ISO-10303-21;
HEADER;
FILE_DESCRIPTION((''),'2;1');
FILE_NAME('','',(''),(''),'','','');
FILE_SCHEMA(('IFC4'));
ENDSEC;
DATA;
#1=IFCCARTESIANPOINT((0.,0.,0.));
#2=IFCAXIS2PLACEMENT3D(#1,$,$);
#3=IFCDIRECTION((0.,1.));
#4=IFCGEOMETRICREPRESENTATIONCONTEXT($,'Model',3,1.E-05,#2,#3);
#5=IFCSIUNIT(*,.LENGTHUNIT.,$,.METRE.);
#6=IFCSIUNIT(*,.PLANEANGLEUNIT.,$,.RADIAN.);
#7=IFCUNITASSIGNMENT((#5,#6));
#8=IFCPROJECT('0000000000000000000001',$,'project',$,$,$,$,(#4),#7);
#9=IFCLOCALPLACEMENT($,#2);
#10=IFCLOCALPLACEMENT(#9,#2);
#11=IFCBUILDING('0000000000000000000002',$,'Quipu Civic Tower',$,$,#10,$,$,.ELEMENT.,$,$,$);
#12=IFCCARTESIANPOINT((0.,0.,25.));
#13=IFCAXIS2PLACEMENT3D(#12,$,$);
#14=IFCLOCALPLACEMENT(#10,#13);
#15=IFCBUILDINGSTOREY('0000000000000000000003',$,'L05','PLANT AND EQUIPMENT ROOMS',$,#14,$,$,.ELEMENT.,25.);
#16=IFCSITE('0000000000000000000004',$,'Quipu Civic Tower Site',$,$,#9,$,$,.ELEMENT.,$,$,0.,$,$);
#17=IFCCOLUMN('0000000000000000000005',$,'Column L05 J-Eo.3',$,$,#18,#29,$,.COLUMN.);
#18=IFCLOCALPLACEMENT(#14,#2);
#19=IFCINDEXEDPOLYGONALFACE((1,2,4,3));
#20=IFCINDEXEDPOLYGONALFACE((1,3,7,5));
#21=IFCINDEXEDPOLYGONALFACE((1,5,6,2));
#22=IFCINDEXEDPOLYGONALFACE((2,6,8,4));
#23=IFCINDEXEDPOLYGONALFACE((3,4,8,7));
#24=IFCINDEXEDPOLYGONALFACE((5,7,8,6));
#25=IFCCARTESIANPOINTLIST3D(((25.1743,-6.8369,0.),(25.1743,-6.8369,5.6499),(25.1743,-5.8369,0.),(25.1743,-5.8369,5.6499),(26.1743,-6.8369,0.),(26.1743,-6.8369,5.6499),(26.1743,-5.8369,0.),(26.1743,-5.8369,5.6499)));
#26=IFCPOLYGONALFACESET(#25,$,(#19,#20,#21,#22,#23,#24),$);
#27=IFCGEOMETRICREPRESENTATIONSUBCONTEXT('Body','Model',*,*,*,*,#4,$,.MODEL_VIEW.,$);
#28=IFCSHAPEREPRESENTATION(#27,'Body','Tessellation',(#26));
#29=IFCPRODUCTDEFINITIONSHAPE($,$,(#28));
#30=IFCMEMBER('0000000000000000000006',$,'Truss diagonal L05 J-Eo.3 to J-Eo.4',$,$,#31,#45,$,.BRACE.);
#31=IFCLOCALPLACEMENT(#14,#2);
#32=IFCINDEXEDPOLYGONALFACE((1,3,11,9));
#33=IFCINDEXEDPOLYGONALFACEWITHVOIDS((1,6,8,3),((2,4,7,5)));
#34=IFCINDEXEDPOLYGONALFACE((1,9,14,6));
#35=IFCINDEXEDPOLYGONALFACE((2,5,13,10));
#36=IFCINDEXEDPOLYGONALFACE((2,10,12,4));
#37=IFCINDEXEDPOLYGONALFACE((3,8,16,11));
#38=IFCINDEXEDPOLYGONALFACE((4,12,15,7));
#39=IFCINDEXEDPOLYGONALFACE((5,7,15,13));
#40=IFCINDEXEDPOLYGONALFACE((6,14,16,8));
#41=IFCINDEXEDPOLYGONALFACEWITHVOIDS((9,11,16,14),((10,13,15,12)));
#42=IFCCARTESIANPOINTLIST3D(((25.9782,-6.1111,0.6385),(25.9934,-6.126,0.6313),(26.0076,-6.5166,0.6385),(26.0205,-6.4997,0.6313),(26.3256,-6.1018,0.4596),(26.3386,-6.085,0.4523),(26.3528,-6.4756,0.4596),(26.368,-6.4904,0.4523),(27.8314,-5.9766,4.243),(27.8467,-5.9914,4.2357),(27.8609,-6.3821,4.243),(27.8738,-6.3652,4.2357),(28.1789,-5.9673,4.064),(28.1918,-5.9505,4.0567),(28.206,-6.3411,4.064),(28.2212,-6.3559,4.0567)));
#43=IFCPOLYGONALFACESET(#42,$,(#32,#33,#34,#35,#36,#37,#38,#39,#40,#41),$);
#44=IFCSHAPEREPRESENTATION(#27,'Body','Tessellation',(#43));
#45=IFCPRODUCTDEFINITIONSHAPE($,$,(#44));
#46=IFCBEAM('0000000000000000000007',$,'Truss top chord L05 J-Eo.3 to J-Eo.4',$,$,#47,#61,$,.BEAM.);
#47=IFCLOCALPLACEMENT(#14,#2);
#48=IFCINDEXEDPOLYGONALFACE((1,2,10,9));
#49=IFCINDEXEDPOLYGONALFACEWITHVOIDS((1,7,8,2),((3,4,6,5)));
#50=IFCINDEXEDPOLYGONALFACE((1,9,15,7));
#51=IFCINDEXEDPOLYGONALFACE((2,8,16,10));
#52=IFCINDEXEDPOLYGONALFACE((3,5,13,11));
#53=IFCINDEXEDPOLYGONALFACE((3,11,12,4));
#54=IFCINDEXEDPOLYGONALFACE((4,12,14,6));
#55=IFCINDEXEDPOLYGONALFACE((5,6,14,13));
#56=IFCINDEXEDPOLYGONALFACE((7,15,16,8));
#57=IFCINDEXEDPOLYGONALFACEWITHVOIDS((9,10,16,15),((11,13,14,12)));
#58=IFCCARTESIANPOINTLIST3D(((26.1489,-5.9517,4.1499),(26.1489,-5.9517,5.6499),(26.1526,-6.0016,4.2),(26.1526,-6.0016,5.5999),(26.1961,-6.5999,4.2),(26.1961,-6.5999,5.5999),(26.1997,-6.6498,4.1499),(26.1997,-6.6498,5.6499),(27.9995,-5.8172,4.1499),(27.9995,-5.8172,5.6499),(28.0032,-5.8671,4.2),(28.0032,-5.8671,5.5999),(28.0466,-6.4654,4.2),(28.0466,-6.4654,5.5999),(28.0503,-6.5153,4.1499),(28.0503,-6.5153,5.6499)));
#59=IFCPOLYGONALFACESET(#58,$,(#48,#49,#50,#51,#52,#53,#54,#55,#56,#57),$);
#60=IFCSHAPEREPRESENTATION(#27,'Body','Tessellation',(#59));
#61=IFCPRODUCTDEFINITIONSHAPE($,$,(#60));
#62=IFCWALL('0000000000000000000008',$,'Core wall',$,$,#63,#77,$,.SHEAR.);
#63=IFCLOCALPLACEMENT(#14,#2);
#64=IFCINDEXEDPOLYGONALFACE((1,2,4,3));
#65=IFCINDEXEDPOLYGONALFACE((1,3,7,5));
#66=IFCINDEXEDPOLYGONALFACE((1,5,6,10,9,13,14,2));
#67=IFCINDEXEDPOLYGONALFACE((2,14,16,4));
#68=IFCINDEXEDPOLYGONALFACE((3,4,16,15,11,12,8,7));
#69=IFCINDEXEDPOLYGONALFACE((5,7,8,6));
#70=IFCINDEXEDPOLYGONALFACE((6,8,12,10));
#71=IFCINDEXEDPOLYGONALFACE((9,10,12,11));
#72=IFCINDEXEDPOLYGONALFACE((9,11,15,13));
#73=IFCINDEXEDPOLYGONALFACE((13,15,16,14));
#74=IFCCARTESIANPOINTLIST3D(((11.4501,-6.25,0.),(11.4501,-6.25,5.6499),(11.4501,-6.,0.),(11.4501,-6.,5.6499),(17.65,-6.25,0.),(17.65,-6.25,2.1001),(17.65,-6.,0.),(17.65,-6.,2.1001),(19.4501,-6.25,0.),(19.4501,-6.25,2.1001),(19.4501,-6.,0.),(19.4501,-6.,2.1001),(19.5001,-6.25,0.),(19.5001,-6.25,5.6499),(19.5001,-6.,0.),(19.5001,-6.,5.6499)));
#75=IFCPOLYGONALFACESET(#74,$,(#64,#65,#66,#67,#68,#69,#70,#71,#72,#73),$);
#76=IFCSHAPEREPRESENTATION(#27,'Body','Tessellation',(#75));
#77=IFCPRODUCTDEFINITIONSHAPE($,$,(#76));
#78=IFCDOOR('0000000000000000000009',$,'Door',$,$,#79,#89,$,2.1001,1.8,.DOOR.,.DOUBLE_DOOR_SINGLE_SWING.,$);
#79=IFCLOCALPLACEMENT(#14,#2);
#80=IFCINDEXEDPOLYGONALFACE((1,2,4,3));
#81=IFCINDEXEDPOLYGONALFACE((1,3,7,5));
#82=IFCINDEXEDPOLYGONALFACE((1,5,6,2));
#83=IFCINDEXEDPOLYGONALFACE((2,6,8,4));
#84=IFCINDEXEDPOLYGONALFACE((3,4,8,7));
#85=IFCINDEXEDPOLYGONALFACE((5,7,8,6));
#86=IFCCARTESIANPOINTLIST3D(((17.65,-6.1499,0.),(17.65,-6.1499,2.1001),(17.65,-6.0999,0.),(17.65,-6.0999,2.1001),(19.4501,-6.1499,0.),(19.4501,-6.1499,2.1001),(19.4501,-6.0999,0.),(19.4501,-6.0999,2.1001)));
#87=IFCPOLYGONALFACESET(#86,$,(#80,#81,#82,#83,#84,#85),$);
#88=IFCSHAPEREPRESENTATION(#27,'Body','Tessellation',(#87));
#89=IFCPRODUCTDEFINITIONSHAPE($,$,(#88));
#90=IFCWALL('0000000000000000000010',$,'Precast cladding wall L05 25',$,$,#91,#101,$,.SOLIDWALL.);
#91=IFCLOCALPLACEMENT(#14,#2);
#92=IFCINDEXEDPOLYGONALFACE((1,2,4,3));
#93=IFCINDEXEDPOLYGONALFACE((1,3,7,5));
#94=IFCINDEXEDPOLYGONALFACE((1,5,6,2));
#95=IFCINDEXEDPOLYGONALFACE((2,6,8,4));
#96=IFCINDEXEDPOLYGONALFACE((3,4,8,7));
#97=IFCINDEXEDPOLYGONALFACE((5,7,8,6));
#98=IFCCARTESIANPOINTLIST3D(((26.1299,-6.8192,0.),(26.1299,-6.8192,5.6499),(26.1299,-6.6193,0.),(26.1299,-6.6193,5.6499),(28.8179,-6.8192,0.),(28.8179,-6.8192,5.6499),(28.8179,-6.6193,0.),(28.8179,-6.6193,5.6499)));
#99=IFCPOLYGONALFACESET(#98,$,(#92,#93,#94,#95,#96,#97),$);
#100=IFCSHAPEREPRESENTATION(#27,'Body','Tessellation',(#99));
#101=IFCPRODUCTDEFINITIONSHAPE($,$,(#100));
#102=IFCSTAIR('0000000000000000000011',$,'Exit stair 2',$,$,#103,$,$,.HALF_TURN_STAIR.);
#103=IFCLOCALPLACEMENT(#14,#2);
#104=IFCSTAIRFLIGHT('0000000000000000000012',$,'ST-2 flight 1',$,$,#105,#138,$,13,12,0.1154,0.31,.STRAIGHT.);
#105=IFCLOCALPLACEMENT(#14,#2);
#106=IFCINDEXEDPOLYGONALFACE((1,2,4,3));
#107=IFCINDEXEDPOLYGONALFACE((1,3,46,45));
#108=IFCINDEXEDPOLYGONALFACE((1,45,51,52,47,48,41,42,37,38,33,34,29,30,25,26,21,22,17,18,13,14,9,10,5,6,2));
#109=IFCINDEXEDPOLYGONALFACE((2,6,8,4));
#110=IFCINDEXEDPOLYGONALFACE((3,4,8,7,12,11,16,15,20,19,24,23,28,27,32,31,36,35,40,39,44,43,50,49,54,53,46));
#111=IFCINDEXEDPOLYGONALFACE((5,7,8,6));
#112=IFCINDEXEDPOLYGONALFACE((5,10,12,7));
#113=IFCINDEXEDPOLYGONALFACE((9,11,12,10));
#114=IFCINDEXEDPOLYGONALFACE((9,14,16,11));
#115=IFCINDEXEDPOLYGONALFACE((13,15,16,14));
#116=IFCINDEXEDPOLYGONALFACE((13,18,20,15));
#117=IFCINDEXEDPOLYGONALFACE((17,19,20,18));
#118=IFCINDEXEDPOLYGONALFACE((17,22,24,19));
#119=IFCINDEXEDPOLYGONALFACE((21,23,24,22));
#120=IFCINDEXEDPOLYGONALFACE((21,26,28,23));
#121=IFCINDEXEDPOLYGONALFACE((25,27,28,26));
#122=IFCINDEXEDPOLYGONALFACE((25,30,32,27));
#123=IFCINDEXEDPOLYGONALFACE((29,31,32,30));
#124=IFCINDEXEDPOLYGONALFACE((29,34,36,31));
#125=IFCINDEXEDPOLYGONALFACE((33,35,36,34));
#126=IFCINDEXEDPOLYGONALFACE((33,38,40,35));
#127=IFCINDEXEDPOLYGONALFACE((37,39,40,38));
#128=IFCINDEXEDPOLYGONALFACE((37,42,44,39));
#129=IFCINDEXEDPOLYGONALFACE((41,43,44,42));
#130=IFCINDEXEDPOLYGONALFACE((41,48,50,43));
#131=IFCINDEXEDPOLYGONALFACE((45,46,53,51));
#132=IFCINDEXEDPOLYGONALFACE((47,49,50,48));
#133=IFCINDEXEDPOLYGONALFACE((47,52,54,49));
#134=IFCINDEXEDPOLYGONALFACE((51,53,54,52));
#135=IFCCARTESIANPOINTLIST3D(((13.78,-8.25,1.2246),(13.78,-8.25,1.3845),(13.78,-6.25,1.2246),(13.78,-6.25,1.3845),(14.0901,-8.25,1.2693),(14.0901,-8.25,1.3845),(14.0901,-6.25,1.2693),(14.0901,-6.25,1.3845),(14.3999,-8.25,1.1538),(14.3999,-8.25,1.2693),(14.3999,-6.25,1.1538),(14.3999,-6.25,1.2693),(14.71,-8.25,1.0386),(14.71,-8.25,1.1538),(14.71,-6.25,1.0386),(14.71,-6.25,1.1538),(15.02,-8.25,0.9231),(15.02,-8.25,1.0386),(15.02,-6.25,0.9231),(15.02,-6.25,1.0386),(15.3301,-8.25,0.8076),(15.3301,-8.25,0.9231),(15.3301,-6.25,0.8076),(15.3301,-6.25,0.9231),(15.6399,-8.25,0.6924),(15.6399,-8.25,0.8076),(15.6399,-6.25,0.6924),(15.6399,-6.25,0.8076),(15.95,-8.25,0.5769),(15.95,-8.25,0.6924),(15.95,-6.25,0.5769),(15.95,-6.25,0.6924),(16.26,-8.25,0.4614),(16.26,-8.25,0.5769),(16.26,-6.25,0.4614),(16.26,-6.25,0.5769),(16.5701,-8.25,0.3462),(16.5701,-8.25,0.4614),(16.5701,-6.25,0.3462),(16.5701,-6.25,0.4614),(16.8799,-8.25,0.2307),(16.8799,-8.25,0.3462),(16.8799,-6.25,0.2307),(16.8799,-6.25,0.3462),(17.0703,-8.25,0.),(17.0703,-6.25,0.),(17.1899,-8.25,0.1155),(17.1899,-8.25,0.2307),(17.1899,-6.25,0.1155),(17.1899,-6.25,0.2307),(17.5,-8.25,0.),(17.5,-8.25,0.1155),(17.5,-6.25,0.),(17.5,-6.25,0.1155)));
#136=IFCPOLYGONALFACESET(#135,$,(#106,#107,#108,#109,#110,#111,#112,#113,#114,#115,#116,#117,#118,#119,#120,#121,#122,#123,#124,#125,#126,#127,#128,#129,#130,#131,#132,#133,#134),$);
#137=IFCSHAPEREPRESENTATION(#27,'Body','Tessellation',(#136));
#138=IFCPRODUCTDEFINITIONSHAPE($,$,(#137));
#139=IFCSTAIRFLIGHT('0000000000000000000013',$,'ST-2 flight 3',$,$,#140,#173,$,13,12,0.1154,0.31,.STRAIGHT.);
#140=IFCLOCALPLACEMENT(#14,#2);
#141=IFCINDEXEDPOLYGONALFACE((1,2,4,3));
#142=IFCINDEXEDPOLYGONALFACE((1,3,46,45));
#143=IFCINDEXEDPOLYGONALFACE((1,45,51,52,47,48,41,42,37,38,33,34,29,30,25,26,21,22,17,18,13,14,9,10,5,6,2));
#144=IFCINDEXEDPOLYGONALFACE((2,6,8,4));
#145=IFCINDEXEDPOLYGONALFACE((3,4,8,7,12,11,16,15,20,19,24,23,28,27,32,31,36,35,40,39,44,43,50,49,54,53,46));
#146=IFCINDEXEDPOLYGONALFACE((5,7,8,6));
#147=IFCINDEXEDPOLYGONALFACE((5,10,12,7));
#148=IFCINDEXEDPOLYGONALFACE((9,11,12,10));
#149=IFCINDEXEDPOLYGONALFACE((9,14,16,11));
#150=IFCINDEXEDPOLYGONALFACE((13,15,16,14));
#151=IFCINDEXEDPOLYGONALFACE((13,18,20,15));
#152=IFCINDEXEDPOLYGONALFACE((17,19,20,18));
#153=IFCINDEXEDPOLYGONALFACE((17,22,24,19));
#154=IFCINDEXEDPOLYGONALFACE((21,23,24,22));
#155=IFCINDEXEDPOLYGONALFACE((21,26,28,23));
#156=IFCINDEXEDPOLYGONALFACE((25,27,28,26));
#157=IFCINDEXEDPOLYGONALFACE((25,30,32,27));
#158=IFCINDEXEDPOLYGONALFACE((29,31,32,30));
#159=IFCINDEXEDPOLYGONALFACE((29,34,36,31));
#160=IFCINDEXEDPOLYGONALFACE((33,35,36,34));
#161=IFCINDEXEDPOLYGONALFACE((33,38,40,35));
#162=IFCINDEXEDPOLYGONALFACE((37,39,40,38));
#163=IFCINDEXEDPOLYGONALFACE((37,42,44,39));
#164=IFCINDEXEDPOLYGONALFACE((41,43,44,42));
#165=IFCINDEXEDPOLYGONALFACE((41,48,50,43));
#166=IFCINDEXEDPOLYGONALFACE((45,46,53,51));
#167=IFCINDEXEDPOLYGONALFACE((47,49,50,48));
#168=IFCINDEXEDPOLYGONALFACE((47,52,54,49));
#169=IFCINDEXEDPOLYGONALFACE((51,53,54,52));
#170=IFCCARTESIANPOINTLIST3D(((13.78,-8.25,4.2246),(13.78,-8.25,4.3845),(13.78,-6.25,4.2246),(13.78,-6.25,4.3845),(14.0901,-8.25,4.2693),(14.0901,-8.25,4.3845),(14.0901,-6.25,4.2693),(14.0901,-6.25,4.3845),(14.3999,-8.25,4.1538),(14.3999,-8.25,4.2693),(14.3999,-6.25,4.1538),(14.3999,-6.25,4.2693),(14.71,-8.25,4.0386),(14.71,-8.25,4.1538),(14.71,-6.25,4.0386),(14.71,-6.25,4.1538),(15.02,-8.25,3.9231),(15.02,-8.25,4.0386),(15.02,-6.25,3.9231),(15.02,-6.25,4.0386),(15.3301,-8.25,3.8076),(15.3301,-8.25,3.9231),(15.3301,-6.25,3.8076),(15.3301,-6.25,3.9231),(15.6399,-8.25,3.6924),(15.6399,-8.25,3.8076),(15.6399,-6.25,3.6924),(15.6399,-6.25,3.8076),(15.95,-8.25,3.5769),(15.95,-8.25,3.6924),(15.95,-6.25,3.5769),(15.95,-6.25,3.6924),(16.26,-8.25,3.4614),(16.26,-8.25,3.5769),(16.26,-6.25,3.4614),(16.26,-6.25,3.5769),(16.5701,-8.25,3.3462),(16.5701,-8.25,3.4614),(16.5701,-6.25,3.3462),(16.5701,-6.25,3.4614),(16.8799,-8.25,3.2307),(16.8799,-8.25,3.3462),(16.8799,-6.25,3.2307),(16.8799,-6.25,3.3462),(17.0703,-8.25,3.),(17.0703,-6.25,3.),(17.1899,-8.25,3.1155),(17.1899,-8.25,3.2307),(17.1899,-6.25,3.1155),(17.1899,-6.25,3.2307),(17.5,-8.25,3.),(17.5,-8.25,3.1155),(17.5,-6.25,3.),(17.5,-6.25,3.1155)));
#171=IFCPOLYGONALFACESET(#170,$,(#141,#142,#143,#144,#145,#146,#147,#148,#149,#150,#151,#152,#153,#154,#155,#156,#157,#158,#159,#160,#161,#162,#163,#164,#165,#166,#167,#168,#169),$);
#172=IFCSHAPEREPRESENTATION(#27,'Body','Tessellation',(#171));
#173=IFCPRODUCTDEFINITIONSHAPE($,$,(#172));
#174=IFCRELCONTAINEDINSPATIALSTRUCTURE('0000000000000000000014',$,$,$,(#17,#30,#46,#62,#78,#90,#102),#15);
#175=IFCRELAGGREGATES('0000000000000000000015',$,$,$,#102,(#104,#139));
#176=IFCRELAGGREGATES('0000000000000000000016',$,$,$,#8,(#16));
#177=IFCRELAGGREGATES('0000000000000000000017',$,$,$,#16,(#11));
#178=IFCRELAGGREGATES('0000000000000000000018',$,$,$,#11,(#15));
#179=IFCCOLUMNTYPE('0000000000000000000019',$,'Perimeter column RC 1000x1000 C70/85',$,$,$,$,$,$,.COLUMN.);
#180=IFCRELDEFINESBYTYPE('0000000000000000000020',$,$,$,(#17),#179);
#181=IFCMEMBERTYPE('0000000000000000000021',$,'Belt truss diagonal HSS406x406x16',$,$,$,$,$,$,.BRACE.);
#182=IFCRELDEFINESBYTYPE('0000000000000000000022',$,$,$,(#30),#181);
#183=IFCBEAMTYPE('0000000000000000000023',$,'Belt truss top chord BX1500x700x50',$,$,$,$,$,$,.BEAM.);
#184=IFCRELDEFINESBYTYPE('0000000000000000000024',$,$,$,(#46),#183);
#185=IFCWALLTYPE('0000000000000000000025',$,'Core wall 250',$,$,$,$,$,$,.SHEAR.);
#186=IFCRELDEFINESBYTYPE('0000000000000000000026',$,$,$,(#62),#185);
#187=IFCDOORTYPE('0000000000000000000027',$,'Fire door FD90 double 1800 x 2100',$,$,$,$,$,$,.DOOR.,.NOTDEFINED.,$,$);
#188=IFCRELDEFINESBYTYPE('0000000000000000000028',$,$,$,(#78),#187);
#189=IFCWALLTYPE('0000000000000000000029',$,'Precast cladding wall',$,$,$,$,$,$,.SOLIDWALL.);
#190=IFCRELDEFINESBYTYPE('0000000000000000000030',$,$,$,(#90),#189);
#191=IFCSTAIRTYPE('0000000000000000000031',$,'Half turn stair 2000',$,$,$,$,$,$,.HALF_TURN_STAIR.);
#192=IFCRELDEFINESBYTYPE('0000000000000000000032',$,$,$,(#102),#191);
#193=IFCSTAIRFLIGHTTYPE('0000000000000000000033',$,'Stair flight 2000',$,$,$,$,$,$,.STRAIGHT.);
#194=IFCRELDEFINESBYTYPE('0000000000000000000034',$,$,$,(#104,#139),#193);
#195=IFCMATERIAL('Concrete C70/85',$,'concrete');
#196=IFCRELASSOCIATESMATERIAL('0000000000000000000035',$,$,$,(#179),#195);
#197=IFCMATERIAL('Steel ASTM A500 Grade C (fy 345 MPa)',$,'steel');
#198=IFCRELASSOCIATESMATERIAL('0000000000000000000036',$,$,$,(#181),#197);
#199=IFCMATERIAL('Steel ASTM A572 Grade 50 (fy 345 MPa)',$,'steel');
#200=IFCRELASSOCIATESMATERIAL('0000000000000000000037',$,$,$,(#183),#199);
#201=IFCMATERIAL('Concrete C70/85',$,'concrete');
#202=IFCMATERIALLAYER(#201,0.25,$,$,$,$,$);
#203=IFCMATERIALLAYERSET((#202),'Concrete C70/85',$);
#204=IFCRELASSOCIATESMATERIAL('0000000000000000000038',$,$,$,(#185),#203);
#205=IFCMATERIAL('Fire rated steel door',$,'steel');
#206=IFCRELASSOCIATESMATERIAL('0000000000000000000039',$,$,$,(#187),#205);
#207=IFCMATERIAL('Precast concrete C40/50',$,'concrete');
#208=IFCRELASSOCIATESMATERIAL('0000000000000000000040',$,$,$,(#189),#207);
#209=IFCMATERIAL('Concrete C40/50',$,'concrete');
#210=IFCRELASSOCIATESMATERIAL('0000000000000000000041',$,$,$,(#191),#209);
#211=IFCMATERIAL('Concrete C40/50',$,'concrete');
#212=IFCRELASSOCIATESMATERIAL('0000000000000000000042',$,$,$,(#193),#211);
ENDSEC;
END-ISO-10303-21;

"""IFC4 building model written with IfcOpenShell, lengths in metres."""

from ifc_helpers import new_model, si_unit, direction, frame, frame_2d, origin, origin_2d, place, context, subcontext, project, spatial, polyline, rectangle, hollow_rectangle, outline, extrude, material, layer, layer_set, material_profile, profile_set, type_object, element, fill, aggregate, save


model = new_model("IFC4")

# Units and contexts
model_context = context("Model", 3, precision=1e-05, world=origin(), true_north=direction((0.0, 1.0)))
body_context = subcontext(model_context, "Body", "Model", "MODEL_VIEW")
ifc_project = project(units=[si_unit("LENGTHUNIT", "METRE"), si_unit("PLANEANGLEUNIT", "RADIAN")], contexts=[model_context])

# Site, building, storey
site_placement = place(None, origin())
site = spatial("IfcSite", under=ifc_project, at=site_placement, Name="Quipu Civic Tower Site", CompositionType="ELEMENT", RefElevation=0.0)
building_placement = place(site_placement, origin())
building = spatial("IfcBuilding", under=site, at=building_placement, Name="Quipu Civic Tower", CompositionType="ELEMENT")
storey_placement = place(building_placement, frame((0.0, 0.0, 25.0)))
storey = spatial("IfcBuildingStorey", under=building, at=storey_placement, Name="L05", Description="PLANT AND EQUIPMENT ROOMS", CompositionType="ELEMENT", Elevation=25.0)

# Column
ifc_material_1 = material(Name="Concrete C70/85", Category="concrete")
ifc_material_profile_1 = material_profile(ifc_material_1, rectangle(XDim=1.0, YDim=1.0, at=origin_2d()), Name="RC1000x1000")
ifc_profile_set_1 = profile_set([ifc_material_profile_1], Name="Concrete C70/85")
column_type = type_object("IfcColumnType", Name="Perimeter column RC 1000x1000 C70/85", PredefinedType="COLUMN", material=ifc_profile_set_1)
column_placement = place(storey_placement, frame((25.6743, -6.3369, 0.0), z_axis=(0.0, 0.0, 1.0), x_axis=(1.0, 0.0, 0.0)))
element("IfcColumn", 1, at=column_placement, inside=storey, type_object=column_type, Name="Column L05 J-Eo.3", PredefinedType="COLUMN", context=body_context, shape_type="SweptSolid", body=[
    extrude(rectangle(XDim=1.0, YDim=1.0, at=origin_2d()), origin(), (0.0, 0.0, 1.0), 5.6499),
])

# Member
ifc_material_2 = material(Name="Steel ASTM A500 Grade C (fy 345 MPa)", Category="steel")
ifc_material_profile_2 = material_profile(ifc_material_2, hollow_rectangle(XDim=0.4065, YDim=0.4065, WallThickness=0.0159, at=origin_2d()), Name="HSS406x406x16")
ifc_profile_set_2 = profile_set([ifc_material_profile_2], Name="Steel ASTM A500 Grade C (fy 345 MPa)")
member_type = type_object("IfcMemberType", Name="Belt truss diagonal HSS406x406x16", PredefinedType="BRACE", material=ifc_profile_set_2)
member_placement = place(storey_placement, frame((26.1731, -6.3008, 0.5454), z_axis=(0.457005, 0.033172, 0.888845), x_axis=(-0.072395, 0.997376, 0.0)))
element("IfcMember", 2, at=member_placement, inside=storey, type_object=member_type, Name="Truss diagonal L05 J-Eo.3 to J-Eo.4", PredefinedType="BRACE", context=body_context, shape_type="SweptSolid", body=[
    extrude(hollow_rectangle(XDim=0.4065, YDim=0.4065, WallThickness=0.0159, at=origin_2d()), origin(), (0.0, 0.0, 1.0), 4.0552),
])

# Beam
ifc_material_3 = material(Name="Steel ASTM A572 Grade 50 (fy 345 MPa)", Category="steel")
ifc_material_profile_3 = material_profile(ifc_material_3, hollow_rectangle(XDim=0.7, YDim=1.5, WallThickness=0.05, at=origin_2d()), Name="BX1500x700x50")
ifc_profile_set_3 = profile_set([ifc_material_profile_3], Name="Steel ASTM A572 Grade 50 (fy 345 MPa)")
beam_type = type_object("IfcBeamType", Name="Belt truss top chord BX1500x700x50", PredefinedType="BEAM", material=ifc_profile_set_3)
beam_placement = place(storey_placement, frame((26.1743, -6.3008, 4.8999), z_axis=(0.997368, 0.0725, 0.0), x_axis=(-0.0725, 0.997368, 0.0)))
element("IfcBeam", 3, at=beam_placement, inside=storey, type_object=beam_type, Name="Truss top chord L05 J-Eo.3 to J-Eo.4", PredefinedType="BEAM", context=body_context, shape_type="SweptSolid", body=[
    extrude(hollow_rectangle(XDim=0.7, YDim=1.5, WallThickness=0.05, at=origin_2d()), origin(), (0.0, 0.0, 1.0), 1.8555),
])

# Wall, opening, door
ifc_material_4 = material(Name="Concrete C70/85", Category="concrete")
ifc_layer = layer(ifc_material_4, 0.25)
ifc_layer_set = layer_set([ifc_layer], Name="Concrete C70/85")
wall_type_1 = type_object("IfcWallType", Name="Core wall 250", PredefinedType="SHEAR", material=ifc_layer_set)
wall_1_placement = place(storey_placement, frame((19.5, -6.125, 0.0), z_axis=(0.0, 0.0, 1.0), x_axis=(-1.0, 0.0, 0.0)))
wall_1 = element("IfcWall", 4, at=wall_1_placement, inside=storey, type_object=wall_type_1, Name="Core wall", PredefinedType="SHEAR", context=body_context, shape_type="SweptSolid", body=[
    extrude(rectangle(XDim=8.05, YDim=0.25, at=frame_2d((4.0249, 0.0))), origin(), (0.0, 0.0, 1.0), 5.6499),
])
opening_placement = place(wall_1_placement, frame((0.05, 0.0, 0.0)))
opening = element("IfcOpeningElement", 5, at=opening_placement, cuts=wall_1, PredefinedType="OPENING", context=body_context, shape_type="SweptSolid", body=[
    extrude(rectangle(XDim=1.8, YDim=2.1001, at=frame_2d((0.8999, 1.05))), frame((0.0, 0.135, 0.0), z_axis=(0.0, -1.0, 0.0), x_axis=(1.0, 0.0, 0.0)), (0.0, 0.0, 1.0), 0.27),
])
ifc_material_5 = material(Name="Fire rated steel door", Category="steel")
door_type = type_object("IfcDoorType", Name="Fire door FD90 double 1800 x 2100", OperationType="NOTDEFINED", PredefinedType="DOOR", material=ifc_material_5)
door_placement = place(opening_placement, origin())
door = element("IfcDoor", 6, at=door_placement, inside=storey, type_object=door_type, Name="Door", OperationType="DOUBLE_DOOR_SINGLE_SWING", OverallHeight=2.1001, OverallWidth=1.8, PredefinedType="DOOR", context=body_context, shape_type="SweptSolid", body=[
    extrude(rectangle(XDim=1.8, YDim=2.1001, at=frame_2d((0.8999, 1.05))), frame((0.0, 0.0249, 0.0), z_axis=(0.0, -1.0, 0.0), x_axis=(1.0, 0.0, 0.0)), (0.0, 0.0, 1.0), 0.05),
])
fill(opening, door)

# Wall
ifc_material_6 = material(Name="Precast concrete C40/50", Category="concrete")
wall_type_2 = type_object("IfcWallType", Name="Precast cladding wall", PredefinedType="SOLIDWALL", material=ifc_material_6)
wall_2_placement = place(storey_placement, frame((26.1299, -6.7192, 0.0), z_axis=(0.0, 0.0, 1.0), x_axis=(1.0, 0.0, 0.0)))
element("IfcWall", 7, at=wall_2_placement, inside=storey, type_object=wall_type_2, Name="Precast cladding wall L05 25", PredefinedType="SOLIDWALL", context=body_context, shape_type="SweptSolid", body=[
    extrude(rectangle(XDim=2.688, YDim=0.2, at=frame_2d((1.344, 0.0))), origin(), (0.0, 0.0, 1.0), 5.6499),
])

# Stair, stair flights
ifc_material_7 = material(Name="Concrete C40/50", Category="concrete")
stair_type = type_object("IfcStairType", Name="Half turn stair 2000", PredefinedType="HALF_TURN_STAIR", material=ifc_material_7)
stair_placement = place(storey_placement, origin())
stair = element("IfcStair", 8, at=stair_placement, inside=storey, type_object=stair_type, Name="Exit stair 2", PredefinedType="HALF_TURN_STAIR")
ifc_material_8 = material(Name="Concrete C40/50", Category="concrete")
stair_flight_type = type_object("IfcStairFlightType", Name="Stair flight 2000", PredefinedType="STRAIGHT", material=ifc_material_8)
stair_flight_1_placement = place(storey_placement, frame((17.5, -7.25, 0.0), z_axis=(0.0, 0.0, 1.0), x_axis=(-1.0, 0.0, 0.0)))
stair_flight_1 = element("IfcStairFlight", 9, at=stair_flight_1_placement, type_object=stair_flight_type, Name="ST-2 flight 1", NumberOfRisers=13, NumberOfTreads=12, PredefinedType="STRAIGHT", RiserHeight=0.1154, TreadLength=0.31, context=body_context, shape_type="SweptSolid", body=[
    extrude(outline(polyline([(0.0, 0.0), (0.0, 0.1155), (0.3101, 0.1155), (0.3101, 0.2307), (0.6201, 0.2307), (0.6201, 0.3462), (0.9299, 0.3462), (0.9299, 0.4614), (1.24, 0.4614), (1.24, 0.5769), (1.55, 0.5769), (1.55, 0.6924), (1.8601, 0.6924), (1.8601, 0.8076), (2.1699, 0.8076), (2.1699, 0.9231), (2.48, 0.9231), (2.48, 1.0386), (2.79, 1.0386), (2.79, 1.1538), (3.1001, 1.1538), (3.1001, 1.2693), (3.4099, 1.2693), (3.4099, 1.3845), (3.72, 1.3845), (3.72, 1.5), (3.72, 1.2246), (0.4297, 0.0), (0.0, 0.0)])), frame((0.0, 1.0, 0.0), z_axis=(0.0, -1.0, 0.0), x_axis=(1.0, 0.0, 0.0)), (0.0, 0.0, 1.0), 2.0),
])
stair_flight_2_placement = place(storey_placement, frame((17.5, -7.25, 3.0), z_axis=(0.0, 0.0, 1.0), x_axis=(-1.0, 0.0, 0.0)))
stair_flight_2 = element("IfcStairFlight", 10, at=stair_flight_2_placement, type_object=stair_flight_type, Name="ST-2 flight 3", NumberOfRisers=13, NumberOfTreads=12, PredefinedType="STRAIGHT", RiserHeight=0.1154, TreadLength=0.31, context=body_context, shape_type="SweptSolid", body=[
    extrude(outline(polyline([(0.0, 0.0), (0.0, 0.1155), (0.3101, 0.1155), (0.3101, 0.2307), (0.6201, 0.2307), (0.6201, 0.3462), (0.9299, 0.3462), (0.9299, 0.4614), (1.24, 0.4614), (1.24, 0.5769), (1.55, 0.5769), (1.55, 0.6924), (1.8601, 0.6924), (1.8601, 0.8076), (2.1699, 0.8076), (2.1699, 0.9231), (2.48, 0.9231), (2.48, 1.0386), (2.79, 1.0386), (2.79, 1.1538), (3.1001, 1.1538), (3.1001, 1.2693), (3.4099, 1.2693), (3.4099, 1.3845), (3.72, 1.3845), (3.72, 1.5), (3.72, 1.2246), (0.4297, 0.0), (0.0, 0.0)])), frame((0.0, 1.0, 0.0), z_axis=(0.0, -1.0, 0.0), x_axis=(1.0, 0.0, 0.0)), (0.0, 0.0, 1.0), 2.0),
])
aggregate(stair, [stair_flight_1, stair_flight_2])

save(model, "model.ifc")
